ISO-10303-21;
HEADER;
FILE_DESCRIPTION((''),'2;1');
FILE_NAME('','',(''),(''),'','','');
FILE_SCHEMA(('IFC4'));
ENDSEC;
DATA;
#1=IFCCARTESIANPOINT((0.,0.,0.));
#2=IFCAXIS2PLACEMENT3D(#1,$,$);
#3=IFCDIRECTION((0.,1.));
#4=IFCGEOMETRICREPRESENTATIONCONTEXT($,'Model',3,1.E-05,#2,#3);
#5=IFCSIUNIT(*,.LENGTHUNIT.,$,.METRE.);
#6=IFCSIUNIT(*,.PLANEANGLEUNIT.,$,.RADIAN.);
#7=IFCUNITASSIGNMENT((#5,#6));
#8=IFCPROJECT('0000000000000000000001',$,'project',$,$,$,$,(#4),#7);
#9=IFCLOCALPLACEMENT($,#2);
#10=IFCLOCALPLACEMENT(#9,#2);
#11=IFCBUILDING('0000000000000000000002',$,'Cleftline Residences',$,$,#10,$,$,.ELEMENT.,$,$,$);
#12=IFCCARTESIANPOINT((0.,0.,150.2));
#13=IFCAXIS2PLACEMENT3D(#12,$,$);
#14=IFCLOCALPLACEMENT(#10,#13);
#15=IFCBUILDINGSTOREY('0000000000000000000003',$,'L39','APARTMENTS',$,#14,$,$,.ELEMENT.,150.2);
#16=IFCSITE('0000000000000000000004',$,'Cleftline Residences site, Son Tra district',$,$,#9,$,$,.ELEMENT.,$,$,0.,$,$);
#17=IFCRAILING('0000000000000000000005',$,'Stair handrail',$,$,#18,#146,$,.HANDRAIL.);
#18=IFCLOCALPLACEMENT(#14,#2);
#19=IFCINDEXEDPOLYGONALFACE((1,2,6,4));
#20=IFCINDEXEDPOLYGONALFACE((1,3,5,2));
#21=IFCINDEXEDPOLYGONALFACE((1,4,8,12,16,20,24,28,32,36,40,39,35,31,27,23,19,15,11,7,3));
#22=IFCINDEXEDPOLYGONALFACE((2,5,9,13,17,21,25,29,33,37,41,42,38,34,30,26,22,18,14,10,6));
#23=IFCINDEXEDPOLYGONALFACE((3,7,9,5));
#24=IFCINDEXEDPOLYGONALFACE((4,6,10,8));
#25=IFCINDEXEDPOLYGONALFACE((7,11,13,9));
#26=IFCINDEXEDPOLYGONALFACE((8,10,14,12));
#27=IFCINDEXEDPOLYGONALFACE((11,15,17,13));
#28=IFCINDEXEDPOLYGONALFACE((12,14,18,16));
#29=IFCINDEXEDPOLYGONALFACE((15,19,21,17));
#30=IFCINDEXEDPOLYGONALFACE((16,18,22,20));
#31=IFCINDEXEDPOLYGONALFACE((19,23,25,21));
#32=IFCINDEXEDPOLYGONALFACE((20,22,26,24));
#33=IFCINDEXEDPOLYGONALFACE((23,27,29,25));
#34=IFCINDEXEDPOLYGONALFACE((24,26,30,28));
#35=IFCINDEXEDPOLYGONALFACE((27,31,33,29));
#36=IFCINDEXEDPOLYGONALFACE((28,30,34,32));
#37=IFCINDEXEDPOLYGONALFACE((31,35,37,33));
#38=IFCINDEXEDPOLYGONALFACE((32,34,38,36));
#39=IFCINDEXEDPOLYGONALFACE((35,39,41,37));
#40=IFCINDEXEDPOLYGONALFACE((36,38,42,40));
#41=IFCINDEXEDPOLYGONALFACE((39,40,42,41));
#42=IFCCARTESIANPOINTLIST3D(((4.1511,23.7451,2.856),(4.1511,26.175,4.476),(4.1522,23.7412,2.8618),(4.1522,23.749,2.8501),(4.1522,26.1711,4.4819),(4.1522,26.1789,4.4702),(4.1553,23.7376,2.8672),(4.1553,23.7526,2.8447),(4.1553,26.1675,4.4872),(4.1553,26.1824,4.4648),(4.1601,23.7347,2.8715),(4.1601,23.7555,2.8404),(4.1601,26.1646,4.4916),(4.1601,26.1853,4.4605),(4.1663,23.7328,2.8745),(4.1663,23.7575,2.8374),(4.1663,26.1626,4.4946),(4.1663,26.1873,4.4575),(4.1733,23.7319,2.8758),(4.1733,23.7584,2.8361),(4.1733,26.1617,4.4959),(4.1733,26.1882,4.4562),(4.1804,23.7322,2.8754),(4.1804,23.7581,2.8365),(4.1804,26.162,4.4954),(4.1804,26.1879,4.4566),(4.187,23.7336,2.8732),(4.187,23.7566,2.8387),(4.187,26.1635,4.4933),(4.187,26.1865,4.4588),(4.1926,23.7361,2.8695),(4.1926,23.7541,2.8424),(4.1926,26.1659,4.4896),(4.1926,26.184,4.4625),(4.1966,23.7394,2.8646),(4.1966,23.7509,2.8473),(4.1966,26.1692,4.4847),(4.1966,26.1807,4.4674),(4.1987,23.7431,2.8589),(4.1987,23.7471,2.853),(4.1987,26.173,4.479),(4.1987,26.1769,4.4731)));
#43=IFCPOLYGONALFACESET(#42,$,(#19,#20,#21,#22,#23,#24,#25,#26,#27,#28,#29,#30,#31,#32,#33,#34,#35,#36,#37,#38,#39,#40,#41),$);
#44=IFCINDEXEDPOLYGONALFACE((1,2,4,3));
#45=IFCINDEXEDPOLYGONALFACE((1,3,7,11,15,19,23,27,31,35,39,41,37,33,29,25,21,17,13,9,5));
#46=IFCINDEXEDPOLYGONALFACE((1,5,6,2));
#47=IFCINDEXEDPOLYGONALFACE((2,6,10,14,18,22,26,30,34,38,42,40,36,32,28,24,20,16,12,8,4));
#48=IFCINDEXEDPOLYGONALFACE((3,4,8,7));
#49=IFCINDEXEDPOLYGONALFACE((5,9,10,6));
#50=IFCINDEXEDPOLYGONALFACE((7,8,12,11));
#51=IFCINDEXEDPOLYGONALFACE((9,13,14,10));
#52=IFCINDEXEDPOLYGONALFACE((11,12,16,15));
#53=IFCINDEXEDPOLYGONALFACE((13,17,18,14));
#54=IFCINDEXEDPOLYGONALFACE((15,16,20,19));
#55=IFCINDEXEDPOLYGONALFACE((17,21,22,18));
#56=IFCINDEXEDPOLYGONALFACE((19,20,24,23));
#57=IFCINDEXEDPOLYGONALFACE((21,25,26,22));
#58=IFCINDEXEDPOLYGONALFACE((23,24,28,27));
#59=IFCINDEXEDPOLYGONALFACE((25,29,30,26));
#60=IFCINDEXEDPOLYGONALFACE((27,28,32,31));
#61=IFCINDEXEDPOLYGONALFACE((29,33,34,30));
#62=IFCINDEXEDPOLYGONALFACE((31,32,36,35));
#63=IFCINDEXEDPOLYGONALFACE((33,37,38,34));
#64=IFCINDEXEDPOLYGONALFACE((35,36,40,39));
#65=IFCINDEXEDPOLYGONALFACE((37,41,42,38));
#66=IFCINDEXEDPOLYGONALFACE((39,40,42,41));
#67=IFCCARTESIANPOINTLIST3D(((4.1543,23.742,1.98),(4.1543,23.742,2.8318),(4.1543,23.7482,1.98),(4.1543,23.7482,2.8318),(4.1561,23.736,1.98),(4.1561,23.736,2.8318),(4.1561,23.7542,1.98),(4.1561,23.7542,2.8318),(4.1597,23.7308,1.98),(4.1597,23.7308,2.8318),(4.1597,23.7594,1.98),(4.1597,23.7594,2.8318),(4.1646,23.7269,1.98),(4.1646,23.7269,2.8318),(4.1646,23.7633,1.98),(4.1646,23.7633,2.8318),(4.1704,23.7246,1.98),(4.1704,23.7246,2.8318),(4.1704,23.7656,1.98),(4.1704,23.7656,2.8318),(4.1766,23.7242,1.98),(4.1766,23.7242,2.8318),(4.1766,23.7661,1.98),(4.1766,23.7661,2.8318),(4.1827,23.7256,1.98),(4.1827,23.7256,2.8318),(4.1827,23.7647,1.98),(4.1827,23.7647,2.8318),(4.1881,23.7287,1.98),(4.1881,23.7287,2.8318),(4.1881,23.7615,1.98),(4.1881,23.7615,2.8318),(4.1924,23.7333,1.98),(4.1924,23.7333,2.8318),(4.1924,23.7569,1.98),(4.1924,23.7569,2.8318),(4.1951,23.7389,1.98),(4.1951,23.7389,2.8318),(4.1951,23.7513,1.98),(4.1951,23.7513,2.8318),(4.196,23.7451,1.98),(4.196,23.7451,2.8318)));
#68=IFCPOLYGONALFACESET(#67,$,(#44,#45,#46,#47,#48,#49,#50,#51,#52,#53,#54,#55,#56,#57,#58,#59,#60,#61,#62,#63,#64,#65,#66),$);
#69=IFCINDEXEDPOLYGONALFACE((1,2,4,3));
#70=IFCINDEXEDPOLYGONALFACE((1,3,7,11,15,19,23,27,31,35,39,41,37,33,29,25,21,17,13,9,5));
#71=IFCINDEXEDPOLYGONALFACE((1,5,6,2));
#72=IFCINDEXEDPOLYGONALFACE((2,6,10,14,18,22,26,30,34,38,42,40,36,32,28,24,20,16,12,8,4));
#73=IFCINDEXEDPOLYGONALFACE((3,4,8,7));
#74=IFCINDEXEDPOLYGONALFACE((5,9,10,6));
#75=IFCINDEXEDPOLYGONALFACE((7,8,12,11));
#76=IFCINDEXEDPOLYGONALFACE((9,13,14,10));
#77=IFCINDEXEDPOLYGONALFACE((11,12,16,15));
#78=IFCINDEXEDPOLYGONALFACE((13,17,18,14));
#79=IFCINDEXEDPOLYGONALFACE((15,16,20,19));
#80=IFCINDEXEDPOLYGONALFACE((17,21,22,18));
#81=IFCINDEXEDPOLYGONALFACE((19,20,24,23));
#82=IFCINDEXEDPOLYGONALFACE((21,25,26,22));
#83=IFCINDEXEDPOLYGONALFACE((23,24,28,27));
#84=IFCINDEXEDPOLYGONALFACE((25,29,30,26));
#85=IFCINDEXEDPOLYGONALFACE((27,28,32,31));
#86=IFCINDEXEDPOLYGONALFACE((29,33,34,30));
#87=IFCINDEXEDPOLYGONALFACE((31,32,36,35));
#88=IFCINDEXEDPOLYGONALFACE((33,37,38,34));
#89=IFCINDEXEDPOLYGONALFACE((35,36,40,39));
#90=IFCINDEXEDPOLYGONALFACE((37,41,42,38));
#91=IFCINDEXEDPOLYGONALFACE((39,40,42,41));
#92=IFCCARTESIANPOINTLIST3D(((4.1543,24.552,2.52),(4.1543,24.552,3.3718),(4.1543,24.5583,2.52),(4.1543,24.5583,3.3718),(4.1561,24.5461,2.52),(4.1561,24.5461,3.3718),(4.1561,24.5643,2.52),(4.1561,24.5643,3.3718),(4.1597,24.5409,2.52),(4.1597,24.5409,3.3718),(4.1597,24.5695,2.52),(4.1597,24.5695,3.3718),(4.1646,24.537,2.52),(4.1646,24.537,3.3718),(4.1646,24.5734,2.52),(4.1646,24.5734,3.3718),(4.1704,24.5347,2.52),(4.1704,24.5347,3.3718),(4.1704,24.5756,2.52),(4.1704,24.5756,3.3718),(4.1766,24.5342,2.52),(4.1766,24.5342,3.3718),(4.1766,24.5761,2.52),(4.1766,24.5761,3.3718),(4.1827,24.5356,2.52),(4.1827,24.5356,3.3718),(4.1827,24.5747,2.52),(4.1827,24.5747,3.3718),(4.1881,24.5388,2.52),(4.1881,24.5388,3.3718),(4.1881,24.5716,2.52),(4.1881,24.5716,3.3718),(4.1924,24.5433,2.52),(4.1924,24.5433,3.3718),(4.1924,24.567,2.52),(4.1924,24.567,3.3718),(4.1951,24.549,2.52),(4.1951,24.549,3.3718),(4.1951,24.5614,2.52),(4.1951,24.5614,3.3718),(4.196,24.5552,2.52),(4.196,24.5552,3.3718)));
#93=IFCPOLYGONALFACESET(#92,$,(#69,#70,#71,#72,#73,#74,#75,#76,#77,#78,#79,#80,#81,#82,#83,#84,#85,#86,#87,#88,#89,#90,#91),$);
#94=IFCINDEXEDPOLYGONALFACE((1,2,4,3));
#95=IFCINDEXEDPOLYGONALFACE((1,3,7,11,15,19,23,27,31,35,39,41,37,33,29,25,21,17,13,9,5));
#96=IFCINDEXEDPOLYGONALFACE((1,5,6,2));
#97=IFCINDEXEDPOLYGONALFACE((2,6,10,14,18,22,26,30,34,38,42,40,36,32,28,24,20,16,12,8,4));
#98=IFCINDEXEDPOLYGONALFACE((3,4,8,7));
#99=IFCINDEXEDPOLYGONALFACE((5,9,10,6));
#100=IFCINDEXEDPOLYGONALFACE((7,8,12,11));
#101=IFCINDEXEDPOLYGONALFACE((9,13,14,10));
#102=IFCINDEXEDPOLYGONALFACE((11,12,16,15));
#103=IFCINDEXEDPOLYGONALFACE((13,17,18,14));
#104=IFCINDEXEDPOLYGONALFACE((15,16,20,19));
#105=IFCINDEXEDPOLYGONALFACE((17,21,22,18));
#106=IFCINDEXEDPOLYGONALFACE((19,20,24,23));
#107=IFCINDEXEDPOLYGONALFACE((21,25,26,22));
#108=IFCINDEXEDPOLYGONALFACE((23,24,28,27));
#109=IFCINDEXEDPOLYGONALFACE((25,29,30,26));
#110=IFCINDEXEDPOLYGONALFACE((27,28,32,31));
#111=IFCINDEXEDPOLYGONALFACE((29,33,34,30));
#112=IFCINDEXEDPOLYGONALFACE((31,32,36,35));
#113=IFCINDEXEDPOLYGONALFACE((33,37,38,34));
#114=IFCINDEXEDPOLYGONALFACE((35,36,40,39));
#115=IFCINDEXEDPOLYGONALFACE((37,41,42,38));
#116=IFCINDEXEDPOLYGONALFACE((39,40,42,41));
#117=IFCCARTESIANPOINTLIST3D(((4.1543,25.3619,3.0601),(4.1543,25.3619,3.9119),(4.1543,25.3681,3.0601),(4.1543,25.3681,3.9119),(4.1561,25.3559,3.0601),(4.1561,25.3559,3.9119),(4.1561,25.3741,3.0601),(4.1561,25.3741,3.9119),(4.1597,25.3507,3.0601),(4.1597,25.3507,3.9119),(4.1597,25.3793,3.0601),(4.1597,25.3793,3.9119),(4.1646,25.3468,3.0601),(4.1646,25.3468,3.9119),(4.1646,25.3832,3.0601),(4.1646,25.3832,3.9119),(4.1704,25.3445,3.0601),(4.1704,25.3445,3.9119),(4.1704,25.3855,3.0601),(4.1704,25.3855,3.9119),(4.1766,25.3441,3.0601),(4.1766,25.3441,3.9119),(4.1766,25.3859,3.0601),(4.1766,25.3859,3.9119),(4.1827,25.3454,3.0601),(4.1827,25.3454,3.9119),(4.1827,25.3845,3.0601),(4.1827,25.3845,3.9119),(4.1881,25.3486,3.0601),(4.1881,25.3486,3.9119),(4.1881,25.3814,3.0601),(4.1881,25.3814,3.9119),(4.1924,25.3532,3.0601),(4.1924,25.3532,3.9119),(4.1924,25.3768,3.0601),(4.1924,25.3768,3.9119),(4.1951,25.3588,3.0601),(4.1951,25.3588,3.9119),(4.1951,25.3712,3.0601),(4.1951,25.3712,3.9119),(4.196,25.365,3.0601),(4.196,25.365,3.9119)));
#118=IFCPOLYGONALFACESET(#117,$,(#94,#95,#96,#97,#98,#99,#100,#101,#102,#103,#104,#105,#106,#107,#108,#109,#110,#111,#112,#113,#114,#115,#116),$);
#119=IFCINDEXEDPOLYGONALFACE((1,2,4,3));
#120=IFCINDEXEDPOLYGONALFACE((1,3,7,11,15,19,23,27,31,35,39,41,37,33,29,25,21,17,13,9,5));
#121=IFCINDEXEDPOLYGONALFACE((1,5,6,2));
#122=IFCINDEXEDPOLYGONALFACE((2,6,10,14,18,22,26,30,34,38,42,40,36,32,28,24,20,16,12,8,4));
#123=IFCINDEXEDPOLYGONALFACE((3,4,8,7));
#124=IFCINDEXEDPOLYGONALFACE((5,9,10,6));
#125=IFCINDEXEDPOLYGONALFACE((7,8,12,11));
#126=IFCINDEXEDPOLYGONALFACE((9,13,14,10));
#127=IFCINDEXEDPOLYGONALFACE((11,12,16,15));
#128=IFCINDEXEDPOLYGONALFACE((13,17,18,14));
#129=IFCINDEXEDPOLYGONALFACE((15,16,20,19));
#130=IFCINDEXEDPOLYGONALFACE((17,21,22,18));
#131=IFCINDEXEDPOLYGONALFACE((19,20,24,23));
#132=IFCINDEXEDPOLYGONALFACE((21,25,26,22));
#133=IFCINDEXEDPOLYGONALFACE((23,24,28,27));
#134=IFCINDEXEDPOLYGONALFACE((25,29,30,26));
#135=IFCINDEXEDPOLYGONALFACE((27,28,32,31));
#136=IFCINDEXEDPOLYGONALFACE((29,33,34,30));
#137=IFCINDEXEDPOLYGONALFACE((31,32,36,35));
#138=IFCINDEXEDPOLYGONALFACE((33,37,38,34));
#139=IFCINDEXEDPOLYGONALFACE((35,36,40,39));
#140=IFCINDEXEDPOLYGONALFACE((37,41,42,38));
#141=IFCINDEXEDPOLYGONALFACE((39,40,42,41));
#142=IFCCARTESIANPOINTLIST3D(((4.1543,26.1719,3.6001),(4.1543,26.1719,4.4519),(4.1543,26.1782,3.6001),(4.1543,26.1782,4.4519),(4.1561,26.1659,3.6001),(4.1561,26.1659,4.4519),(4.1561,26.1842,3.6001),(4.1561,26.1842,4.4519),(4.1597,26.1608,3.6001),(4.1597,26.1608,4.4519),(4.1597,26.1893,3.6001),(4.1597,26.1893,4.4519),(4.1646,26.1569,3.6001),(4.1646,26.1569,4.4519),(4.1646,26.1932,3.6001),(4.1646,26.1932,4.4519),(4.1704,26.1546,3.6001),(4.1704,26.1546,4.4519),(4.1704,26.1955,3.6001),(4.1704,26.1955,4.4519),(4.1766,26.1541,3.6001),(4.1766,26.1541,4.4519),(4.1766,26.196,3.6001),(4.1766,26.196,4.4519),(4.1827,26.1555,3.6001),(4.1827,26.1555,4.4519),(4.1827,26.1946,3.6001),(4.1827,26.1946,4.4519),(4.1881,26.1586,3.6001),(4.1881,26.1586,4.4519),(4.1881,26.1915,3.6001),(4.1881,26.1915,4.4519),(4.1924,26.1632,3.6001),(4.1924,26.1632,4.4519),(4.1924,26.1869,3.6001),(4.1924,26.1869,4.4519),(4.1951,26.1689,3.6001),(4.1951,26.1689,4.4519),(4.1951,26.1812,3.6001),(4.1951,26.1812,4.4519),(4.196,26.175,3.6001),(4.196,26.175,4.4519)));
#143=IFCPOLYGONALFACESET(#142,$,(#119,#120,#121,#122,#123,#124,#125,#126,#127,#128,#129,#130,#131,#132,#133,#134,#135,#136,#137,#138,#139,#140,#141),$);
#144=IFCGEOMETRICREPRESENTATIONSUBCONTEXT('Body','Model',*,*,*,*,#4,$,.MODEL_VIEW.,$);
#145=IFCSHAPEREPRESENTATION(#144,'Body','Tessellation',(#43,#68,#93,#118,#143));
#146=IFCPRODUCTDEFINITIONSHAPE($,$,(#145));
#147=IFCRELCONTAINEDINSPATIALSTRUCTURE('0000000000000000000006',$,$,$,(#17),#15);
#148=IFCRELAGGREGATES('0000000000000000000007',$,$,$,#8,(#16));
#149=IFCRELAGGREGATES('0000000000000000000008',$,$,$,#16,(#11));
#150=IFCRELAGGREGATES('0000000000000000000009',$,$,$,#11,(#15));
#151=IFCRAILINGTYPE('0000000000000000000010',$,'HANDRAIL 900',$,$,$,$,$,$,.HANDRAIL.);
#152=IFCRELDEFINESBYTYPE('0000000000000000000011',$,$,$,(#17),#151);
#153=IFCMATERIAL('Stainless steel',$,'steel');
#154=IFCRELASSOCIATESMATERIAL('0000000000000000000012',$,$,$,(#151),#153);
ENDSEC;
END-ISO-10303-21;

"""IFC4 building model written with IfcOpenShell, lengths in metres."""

from ifc_helpers import new_model, si_unit, direction, frame, origin, origin_2d, place, context, subcontext, project, spatial, circle, extrude, material, type_object, element, save


model = new_model("IFC4")

# Units and contexts
model_context = context("Model", 3, precision=1e-05, world=origin(), true_north=direction((0.0, 1.0)))
body_context = subcontext(model_context, "Body", "Model", "MODEL_VIEW")
ifc_project = project(units=[si_unit("LENGTHUNIT", "METRE"), si_unit("PLANEANGLEUNIT", "RADIAN")], contexts=[model_context])

# Site, building, storey
site_placement = place(None, origin())
site = spatial("IfcSite", under=ifc_project, at=site_placement, Name="Cleftline Residences site, Son Tra district", CompositionType="ELEMENT", RefElevation=0.0)
building_placement = place(site_placement, origin())
building = spatial("IfcBuilding", under=site, at=building_placement, Name="Cleftline Residences", CompositionType="ELEMENT")
storey_placement = place(building_placement, frame((0.0, 0.0, 150.2)))
storey = spatial("IfcBuildingStorey", under=building, at=storey_placement, Name="L39", Description="APARTMENTS", CompositionType="ELEMENT", Elevation=150.2)

# Railing
ifc_material_1 = material(Name="Stainless steel", Category="steel")
railing_type = type_object("IfcRailingType", Name="HANDRAIL 900", PredefinedType="HANDRAIL", material=ifc_material_1)
railing_1_placement = place(storey_placement, frame((4.175, 23.7451, 1.98)))
element("IfcRailing", 1, at=railing_1_placement, inside=storey, type_object=railing_type, Name="Stair handrail", PredefinedType="HANDRAIL", context=body_context, shape_type="SweptSolid", body=[
    extrude(circle(Radius=0.0239, at=origin_2d()), frame((0.0, 0.0, 0.876), z_axis=(0.0, 0.832025, 0.554739), x_axis=(-1.0, 0.0, 0.0)), (0.0, 0.0, 1.0), 2.9204),
    extrude(circle(Radius=0.021, at=origin_2d()), origin(), (0.0, 0.0, 1.0), 0.8518),
    extrude(circle(Radius=0.021, at=origin_2d()), frame((0.0, 0.8101, 0.54)), (0.0, 0.0, 1.0), 0.8518),
    extrude(circle(Radius=0.021, at=origin_2d()), frame((0.0, 1.6199, 1.0801)), (0.0, 0.0, 1.0), 0.8518),
    extrude(circle(Radius=0.021, at=origin_2d()), frame((0.0, 2.4299, 1.6201)), (0.0, 0.0, 1.0), 0.8518),
])

save(model, "model.ifc")
